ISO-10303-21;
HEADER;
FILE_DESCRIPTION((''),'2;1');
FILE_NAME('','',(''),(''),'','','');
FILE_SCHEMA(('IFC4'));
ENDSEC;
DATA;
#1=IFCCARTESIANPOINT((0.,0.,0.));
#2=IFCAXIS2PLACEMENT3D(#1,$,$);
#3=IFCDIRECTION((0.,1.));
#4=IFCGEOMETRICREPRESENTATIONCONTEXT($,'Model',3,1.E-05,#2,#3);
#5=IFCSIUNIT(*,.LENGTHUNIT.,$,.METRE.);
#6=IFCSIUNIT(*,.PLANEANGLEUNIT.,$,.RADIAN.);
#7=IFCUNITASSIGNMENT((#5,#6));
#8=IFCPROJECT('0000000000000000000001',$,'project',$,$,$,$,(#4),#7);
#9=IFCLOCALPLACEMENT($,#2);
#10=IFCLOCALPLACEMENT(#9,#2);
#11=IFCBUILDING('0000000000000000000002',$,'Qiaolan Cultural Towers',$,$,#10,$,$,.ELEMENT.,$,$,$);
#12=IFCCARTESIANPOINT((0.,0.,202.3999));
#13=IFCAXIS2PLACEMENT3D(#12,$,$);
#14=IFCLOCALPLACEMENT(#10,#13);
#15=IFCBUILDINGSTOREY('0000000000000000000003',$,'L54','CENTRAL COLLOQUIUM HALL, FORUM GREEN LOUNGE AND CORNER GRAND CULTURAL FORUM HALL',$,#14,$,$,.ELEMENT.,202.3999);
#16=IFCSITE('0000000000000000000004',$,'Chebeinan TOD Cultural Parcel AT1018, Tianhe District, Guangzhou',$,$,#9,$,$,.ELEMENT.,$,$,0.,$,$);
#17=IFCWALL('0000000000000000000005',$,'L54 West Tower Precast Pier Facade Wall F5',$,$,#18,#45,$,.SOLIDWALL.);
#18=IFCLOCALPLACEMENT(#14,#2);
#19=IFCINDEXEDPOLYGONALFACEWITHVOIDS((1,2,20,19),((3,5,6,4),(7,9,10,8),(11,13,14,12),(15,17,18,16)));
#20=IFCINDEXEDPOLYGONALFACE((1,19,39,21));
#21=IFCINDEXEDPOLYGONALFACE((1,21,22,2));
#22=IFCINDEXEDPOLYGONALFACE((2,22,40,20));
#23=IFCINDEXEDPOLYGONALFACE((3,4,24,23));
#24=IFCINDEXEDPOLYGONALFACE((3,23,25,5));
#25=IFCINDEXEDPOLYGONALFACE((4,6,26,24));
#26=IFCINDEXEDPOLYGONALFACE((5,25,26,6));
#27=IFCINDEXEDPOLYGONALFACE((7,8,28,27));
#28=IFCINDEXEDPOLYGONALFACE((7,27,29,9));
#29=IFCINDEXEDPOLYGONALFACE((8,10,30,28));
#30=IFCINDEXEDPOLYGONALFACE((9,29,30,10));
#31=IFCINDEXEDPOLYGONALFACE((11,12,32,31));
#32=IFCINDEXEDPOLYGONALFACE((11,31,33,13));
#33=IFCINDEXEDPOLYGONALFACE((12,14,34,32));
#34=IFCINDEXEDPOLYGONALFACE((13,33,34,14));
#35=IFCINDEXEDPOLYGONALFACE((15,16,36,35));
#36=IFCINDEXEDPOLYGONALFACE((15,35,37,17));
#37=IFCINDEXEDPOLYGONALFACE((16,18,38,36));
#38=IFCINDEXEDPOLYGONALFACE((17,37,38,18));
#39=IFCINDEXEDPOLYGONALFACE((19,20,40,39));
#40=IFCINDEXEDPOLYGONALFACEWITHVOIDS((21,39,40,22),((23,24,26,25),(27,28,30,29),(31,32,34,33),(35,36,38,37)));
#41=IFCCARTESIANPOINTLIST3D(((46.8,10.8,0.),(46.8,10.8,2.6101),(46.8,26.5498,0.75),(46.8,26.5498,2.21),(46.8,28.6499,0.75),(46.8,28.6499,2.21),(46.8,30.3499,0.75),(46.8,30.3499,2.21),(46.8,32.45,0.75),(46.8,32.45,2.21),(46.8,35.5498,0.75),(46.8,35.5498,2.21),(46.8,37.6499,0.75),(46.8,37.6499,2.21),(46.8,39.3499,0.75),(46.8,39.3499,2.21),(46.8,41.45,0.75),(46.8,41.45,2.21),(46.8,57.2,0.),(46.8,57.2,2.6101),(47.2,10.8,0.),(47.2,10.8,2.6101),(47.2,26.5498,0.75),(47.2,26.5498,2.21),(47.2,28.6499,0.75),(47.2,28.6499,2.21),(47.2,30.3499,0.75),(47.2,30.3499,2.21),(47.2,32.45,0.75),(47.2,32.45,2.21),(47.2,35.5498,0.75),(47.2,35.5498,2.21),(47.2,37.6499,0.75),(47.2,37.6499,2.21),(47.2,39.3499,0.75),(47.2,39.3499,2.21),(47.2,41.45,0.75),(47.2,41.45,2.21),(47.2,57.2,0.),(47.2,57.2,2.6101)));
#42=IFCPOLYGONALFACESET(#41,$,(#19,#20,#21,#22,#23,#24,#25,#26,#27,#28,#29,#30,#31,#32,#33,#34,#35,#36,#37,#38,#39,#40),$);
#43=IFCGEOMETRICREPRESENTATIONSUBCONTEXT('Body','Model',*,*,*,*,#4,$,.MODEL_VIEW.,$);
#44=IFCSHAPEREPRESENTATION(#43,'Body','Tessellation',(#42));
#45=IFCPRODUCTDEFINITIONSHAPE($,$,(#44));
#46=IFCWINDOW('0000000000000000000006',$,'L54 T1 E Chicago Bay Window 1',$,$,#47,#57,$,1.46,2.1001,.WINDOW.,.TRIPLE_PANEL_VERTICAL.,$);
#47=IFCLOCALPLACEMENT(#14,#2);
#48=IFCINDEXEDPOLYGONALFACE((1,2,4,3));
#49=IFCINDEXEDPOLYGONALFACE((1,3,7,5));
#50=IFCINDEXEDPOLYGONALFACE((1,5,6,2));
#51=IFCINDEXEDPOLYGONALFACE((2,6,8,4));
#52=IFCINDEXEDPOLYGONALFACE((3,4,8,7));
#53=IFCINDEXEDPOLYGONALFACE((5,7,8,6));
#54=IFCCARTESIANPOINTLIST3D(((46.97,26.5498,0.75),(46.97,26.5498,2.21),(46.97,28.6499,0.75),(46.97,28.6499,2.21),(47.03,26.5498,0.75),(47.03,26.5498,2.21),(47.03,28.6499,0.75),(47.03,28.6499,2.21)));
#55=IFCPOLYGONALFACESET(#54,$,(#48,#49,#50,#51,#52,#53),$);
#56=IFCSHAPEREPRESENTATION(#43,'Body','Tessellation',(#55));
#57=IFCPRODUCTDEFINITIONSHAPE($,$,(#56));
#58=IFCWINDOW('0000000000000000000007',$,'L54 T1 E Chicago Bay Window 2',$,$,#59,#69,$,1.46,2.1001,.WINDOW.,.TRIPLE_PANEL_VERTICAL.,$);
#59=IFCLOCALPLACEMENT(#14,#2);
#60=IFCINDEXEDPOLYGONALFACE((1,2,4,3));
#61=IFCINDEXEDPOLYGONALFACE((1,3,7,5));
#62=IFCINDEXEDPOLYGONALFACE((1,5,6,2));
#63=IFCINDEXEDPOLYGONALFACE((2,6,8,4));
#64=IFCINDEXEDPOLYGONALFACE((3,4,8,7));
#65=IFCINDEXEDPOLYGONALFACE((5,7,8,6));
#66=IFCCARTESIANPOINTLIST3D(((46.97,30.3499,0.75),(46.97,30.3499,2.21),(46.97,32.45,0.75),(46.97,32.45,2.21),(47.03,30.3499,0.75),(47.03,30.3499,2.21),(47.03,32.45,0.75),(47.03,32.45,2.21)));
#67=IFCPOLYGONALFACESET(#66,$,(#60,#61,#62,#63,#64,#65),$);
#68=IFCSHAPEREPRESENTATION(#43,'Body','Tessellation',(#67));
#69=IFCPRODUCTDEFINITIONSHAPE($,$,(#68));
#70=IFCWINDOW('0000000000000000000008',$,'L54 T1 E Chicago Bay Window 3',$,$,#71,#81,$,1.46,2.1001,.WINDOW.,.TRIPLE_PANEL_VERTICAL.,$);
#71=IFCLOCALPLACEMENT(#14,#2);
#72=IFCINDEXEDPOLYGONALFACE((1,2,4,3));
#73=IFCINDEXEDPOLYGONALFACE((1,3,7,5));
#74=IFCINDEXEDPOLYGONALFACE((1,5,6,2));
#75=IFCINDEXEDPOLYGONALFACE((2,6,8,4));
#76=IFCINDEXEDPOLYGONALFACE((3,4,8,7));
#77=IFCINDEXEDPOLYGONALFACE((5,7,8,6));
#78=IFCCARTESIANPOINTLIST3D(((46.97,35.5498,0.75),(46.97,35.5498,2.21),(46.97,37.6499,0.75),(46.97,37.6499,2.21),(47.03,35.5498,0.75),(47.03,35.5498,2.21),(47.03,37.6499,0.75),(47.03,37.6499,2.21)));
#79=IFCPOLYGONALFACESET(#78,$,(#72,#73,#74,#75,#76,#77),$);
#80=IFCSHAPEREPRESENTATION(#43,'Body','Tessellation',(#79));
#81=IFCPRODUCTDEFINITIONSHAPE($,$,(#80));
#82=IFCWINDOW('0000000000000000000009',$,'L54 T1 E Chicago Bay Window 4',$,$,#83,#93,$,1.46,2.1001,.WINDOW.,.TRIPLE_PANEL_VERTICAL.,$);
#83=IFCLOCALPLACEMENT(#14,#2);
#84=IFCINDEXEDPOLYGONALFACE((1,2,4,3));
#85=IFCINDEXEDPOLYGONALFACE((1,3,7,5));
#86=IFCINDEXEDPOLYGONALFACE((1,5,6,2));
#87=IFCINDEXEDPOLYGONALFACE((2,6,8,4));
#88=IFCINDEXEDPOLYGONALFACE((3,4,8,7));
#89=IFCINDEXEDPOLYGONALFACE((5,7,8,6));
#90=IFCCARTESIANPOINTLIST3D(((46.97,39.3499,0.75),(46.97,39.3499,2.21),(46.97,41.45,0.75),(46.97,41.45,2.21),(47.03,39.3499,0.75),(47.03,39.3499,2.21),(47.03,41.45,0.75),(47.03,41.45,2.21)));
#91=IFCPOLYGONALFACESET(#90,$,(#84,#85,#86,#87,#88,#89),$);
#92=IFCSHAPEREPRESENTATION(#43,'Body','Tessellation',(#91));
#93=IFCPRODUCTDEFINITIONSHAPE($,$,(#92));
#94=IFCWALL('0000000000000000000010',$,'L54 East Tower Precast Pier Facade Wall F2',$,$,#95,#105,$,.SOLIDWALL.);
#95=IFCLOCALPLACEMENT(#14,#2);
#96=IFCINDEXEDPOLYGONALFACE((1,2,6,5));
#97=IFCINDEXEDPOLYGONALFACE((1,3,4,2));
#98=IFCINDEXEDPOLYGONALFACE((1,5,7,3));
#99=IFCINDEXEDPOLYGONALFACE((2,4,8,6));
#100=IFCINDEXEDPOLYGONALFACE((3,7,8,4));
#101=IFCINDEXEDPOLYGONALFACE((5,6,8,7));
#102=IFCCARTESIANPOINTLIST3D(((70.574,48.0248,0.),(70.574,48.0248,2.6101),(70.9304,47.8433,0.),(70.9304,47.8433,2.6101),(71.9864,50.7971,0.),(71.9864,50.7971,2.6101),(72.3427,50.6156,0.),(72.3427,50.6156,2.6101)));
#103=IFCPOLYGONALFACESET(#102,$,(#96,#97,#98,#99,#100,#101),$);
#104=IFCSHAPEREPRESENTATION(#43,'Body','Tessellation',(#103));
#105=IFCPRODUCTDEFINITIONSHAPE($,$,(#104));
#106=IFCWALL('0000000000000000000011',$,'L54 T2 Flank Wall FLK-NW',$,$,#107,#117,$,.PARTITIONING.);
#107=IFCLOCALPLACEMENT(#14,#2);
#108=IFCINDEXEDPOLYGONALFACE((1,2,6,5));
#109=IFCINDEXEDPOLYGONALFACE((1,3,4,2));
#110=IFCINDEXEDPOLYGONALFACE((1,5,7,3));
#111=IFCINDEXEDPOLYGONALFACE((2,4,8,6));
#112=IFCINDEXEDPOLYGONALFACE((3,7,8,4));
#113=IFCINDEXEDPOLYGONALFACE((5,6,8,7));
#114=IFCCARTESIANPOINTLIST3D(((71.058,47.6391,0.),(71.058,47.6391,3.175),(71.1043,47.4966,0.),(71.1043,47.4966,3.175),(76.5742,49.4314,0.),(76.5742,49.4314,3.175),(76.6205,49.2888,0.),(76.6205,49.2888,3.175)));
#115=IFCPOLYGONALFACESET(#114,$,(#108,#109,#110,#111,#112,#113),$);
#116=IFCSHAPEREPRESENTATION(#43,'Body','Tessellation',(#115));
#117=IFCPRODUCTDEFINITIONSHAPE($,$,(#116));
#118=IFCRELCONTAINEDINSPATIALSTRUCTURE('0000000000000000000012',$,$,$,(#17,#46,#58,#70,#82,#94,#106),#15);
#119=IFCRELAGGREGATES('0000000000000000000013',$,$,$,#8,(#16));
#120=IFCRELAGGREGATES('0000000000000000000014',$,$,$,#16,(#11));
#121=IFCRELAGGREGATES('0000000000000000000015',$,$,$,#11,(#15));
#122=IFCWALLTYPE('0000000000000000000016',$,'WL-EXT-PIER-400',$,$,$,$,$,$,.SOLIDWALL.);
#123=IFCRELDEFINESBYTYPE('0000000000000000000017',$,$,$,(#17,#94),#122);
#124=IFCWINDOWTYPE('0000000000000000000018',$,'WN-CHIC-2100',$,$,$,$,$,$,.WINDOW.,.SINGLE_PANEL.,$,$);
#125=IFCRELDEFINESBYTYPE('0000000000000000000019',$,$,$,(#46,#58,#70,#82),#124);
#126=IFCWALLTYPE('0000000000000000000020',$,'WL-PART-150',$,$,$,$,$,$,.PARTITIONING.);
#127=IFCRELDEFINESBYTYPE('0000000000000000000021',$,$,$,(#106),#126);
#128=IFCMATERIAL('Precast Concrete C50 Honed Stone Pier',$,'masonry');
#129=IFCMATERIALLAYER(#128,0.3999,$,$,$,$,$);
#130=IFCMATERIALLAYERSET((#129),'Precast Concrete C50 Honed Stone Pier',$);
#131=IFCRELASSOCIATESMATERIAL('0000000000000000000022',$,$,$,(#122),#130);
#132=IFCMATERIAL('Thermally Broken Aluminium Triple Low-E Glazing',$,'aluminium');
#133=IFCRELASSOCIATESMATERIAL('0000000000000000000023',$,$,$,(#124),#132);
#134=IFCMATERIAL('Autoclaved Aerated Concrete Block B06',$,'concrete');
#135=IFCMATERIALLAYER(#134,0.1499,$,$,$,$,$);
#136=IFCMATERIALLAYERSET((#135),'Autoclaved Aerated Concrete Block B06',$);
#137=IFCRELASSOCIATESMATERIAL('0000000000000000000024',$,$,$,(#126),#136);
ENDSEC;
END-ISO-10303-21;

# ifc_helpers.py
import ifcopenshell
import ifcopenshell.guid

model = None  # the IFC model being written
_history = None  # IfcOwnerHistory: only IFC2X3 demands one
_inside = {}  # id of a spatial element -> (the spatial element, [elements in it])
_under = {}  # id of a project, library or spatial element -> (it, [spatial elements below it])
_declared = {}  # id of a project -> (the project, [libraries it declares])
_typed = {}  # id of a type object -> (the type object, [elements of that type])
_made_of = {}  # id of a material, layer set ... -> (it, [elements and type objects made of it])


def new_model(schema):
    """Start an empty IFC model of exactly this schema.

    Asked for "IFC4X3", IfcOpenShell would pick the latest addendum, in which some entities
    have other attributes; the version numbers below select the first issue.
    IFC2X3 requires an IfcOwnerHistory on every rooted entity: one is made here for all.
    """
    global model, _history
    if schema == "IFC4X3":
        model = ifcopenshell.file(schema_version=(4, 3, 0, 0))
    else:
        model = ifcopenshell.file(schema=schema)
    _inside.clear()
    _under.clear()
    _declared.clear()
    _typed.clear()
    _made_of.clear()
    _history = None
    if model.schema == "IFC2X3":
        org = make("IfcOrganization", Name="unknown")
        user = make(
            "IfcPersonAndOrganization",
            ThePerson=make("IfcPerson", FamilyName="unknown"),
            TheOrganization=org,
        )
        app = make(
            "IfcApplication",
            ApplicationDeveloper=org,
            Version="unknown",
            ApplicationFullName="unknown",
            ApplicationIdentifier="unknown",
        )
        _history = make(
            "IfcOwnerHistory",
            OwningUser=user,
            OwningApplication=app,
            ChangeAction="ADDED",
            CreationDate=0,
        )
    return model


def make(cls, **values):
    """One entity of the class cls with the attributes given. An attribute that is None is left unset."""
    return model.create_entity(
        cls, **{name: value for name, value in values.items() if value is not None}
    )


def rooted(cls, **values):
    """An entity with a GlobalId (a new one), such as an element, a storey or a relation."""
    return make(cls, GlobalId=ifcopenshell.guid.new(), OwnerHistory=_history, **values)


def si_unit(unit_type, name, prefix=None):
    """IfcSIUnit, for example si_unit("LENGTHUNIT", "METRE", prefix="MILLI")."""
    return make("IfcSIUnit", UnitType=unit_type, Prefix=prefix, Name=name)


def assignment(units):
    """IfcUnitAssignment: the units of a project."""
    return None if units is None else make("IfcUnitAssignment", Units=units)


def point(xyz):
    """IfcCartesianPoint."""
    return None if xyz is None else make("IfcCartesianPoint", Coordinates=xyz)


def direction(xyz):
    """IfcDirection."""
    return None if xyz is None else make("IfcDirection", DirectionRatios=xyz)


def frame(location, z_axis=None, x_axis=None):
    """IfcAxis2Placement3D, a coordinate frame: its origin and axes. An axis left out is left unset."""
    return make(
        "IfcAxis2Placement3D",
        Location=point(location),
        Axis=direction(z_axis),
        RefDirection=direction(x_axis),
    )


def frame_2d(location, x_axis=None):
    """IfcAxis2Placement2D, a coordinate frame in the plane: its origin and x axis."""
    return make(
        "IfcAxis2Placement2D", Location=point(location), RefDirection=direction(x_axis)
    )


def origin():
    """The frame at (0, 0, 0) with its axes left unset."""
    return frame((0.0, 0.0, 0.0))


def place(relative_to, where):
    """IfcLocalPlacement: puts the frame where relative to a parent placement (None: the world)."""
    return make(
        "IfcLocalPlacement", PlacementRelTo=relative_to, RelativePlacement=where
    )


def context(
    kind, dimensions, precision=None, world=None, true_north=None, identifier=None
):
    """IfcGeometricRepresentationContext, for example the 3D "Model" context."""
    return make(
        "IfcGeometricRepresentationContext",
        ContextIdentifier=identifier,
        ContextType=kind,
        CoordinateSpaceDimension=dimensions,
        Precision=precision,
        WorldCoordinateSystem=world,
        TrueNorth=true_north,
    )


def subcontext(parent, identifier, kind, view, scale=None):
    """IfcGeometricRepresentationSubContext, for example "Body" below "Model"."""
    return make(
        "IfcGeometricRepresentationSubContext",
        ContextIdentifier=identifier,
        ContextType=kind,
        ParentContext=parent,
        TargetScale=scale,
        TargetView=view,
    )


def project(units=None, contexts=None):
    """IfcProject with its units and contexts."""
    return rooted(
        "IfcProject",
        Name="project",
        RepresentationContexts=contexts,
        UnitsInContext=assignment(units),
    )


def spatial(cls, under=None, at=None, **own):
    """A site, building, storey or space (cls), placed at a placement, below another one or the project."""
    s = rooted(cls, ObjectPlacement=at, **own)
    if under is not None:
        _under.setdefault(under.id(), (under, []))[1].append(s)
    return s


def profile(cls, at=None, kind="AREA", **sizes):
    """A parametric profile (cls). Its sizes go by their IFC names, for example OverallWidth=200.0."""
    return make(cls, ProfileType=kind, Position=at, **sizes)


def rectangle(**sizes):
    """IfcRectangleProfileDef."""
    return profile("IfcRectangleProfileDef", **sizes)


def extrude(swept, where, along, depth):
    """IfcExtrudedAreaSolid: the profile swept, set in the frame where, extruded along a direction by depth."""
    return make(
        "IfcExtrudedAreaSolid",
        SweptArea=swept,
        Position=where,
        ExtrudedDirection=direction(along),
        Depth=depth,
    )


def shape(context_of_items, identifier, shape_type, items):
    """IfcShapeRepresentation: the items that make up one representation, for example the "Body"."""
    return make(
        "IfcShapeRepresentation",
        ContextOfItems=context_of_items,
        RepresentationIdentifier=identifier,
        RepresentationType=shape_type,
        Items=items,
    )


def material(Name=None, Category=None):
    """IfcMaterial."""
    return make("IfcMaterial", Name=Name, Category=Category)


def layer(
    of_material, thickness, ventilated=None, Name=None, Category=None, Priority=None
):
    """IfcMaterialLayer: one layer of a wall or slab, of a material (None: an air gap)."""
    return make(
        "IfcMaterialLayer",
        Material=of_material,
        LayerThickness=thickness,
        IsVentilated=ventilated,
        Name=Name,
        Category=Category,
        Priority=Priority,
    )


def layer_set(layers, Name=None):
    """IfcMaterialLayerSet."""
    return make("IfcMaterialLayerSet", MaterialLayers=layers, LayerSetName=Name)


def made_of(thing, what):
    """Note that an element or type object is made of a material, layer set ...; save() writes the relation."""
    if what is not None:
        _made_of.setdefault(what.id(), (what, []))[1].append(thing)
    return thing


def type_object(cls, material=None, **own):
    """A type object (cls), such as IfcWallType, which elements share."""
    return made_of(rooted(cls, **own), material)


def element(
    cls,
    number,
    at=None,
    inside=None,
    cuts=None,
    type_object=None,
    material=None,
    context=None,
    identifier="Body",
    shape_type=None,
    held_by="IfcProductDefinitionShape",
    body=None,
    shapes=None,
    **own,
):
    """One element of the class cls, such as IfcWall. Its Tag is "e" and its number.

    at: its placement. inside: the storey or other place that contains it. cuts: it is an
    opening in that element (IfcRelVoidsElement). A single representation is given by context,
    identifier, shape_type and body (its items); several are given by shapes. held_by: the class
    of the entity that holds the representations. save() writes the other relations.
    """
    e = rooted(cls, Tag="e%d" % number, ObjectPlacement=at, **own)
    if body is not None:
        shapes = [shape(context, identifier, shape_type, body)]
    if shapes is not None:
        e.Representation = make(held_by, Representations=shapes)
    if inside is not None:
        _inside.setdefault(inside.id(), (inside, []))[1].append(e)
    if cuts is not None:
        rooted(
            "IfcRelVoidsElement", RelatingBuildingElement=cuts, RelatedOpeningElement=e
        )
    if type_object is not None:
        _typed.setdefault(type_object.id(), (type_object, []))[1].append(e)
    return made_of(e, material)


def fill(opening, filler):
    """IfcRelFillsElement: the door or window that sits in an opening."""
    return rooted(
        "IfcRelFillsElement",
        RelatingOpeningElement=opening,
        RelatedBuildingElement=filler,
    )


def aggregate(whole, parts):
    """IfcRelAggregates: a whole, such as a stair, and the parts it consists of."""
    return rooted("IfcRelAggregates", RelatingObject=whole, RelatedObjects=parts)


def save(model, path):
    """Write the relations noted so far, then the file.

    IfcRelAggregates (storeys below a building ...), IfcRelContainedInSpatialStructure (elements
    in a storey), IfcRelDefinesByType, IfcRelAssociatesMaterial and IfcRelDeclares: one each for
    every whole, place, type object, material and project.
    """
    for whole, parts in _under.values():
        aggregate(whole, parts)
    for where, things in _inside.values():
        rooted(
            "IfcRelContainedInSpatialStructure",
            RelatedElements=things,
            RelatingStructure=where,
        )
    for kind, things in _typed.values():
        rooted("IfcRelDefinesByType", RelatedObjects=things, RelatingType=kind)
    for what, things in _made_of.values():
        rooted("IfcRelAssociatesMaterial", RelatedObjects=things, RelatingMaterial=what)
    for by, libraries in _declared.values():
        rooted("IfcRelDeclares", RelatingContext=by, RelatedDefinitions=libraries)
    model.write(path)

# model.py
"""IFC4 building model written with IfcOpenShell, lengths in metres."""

from ifc_helpers import new_model, si_unit, direction, frame, frame_2d, origin, place, context, subcontext, project, spatial, rectangle, extrude, material, layer, layer_set, type_object, element, fill, save


model = new_model("IFC4")

# Units and contexts
model_context = context("Model", 3, precision=1e-05, world=origin(), true_north=direction((0.0, 1.0)))
body_context = subcontext(model_context, "Body", "Model", "MODEL_VIEW")
ifc_project = project(units=[si_unit("LENGTHUNIT", "METRE"), si_unit("PLANEANGLEUNIT", "RADIAN")], contexts=[model_context])

# Site, building, storey
site_placement = place(None, origin())
site = spatial("IfcSite", under=ifc_project, at=site_placement, Name="Chebeinan TOD Cultural Parcel AT1018, Tianhe District, Guangzhou", CompositionType="ELEMENT", RefElevation=0.0)
building_placement = place(site_placement, origin())
building = spatial("IfcBuilding", under=site, at=building_placement, Name="Qiaolan Cultural Towers", CompositionType="ELEMENT")
storey_placement = place(building_placement, frame((0.0, 0.0, 202.3999)))
storey = spatial("IfcBuildingStorey", under=building, at=storey_placement, Name="L54", Description="CENTRAL COLLOQUIUM HALL, FORUM GREEN LOUNGE AND CORNER GRAND CULTURAL FORUM HALL", CompositionType="ELEMENT", Elevation=202.3999)

# Shared definitions
ifc_material_1 = material(Name="Precast Concrete C50 Honed Stone Pier", Category="masonry")
ifc_layer_1 = layer(ifc_material_1, 0.3999)
ifc_layer_set_1 = layer_set([ifc_layer_1], Name="Precast Concrete C50 Honed Stone Pier")
wall_type_1 = type_object("IfcWallType", Name="WL-EXT-PIER-400", PredefinedType="SOLIDWALL", material=ifc_layer_set_1)

# Wall, openings, windows
wall_1_placement = place(storey_placement, frame((47.0, 57.2, 0.0), z_axis=(0.0, 0.0, 1.0), x_axis=(0.0, -1.0, 0.0)))
wall_1 = element("IfcWall", 1, at=wall_1_placement, inside=storey, type_object=wall_type_1, Name="L54 West Tower Precast Pier Facade Wall F5", PredefinedType="SOLIDWALL", context=body_context, shape_type="SweptSolid", body=[
    extrude(rectangle(XDim=46.3999, YDim=0.3999, at=frame_2d((23.2, 0.0))), origin(), (0.0, 0.0, 1.0), 2.6101),
])
opening_1_placement = place(wall_1_placement, frame((28.55, 0.0, 0.75)))
opening_1 = element("IfcOpeningElement", 2, at=opening_1_placement, cuts=wall_1, PredefinedType="OPENING", context=body_context, shape_type="SweptSolid", body=[
    extrude(rectangle(XDim=2.1001, YDim=1.46, at=frame_2d((1.05, 0.73))), frame((0.0, 0.21, 0.0), z_axis=(0.0, -1.0, 0.0), x_axis=(1.0, 0.0, 0.0)), (0.0, 0.0, 1.0), 0.4199),
])
opening_2_placement = place(wall_1_placement, frame((24.75, 0.0, 0.75)))
opening_2 = element("IfcOpeningElement", 3, at=opening_2_placement, cuts=wall_1, PredefinedType="OPENING", context=body_context, shape_type="SweptSolid", body=[
    extrude(rectangle(XDim=2.1001, YDim=1.46, at=frame_2d((1.05, 0.73))), frame((0.0, 0.21, 0.0), z_axis=(0.0, -1.0, 0.0), x_axis=(1.0, 0.0, 0.0)), (0.0, 0.0, 1.0), 0.4199),
])
opening_3_placement = place(wall_1_placement, frame((19.55, 0.0, 0.75)))
opening_3 = element("IfcOpeningElement", 4, at=opening_3_placement, cuts=wall_1, PredefinedType="OPENING", context=body_context, shape_type="SweptSolid", body=[
    extrude(rectangle(XDim=2.1001, YDim=1.46, at=frame_2d((1.05, 0.73))), frame((0.0, 0.21, 0.0), z_axis=(0.0, -1.0, 0.0), x_axis=(1.0, 0.0, 0.0)), (0.0, 0.0, 1.0), 0.4199),
])
opening_4_placement = place(wall_1_placement, frame((15.75, 0.0, 0.75)))
opening_4 = element("IfcOpeningElement", 5, at=opening_4_placement, cuts=wall_1, PredefinedType="OPENING", context=body_context, shape_type="SweptSolid", body=[
    extrude(rectangle(XDim=2.1001, YDim=1.46, at=frame_2d((1.05, 0.73))), frame((0.0, 0.21, 0.0), z_axis=(0.0, -1.0, 0.0), x_axis=(1.0, 0.0, 0.0)), (0.0, 0.0, 1.0), 0.4199),
])
ifc_material_2 = material(Name="Thermally Broken Aluminium Triple Low-E Glazing", Category="aluminium")
window_type = type_object("IfcWindowType", Name="WN-CHIC-2100", PartitioningType="SINGLE_PANEL", PredefinedType="WINDOW", material=ifc_material_2)
window_1_placement = place(opening_1_placement, origin())
window_1 = element("IfcWindow", 6, at=window_1_placement, inside=storey, type_object=window_type, Name="L54 T1 E Chicago Bay Window 1", OverallHeight=1.46, OverallWidth=2.1001, PartitioningType="TRIPLE_PANEL_VERTICAL", PredefinedType="WINDOW", context=body_context, shape_type="SweptSolid", body=[
    extrude(rectangle(XDim=2.1001, YDim=1.46, at=frame_2d((1.05, 0.73))), frame((0.0, 0.03, 0.0), z_axis=(0.0, -1.0, 0.0), x_axis=(1.0, 0.0, 0.0)), (0.0, 0.0, 1.0), 0.0601),
])
fill(opening_1, window_1)
window_2_placement = place(opening_2_placement, origin())
window_2 = element("IfcWindow", 7, at=window_2_placement, inside=storey, type_object=window_type, Name="L54 T1 E Chicago Bay Window 2", OverallHeight=1.46, OverallWidth=2.1001, PartitioningType="TRIPLE_PANEL_VERTICAL", PredefinedType="WINDOW", context=body_context, shape_type="SweptSolid", body=[
    extrude(rectangle(XDim=2.1001, YDim=1.46, at=frame_2d((1.05, 0.73))), frame((0.0, 0.03, 0.0), z_axis=(0.0, -1.0, 0.0), x_axis=(1.0, 0.0, 0.0)), (0.0, 0.0, 1.0), 0.0601),
])
fill(opening_2, window_2)
window_3_placement = place(opening_3_placement, origin())
window_3 = element("IfcWindow", 8, at=window_3_placement, inside=storey, type_object=window_type, Name="L54 T1 E Chicago Bay Window 3", OverallHeight=1.46, OverallWidth=2.1001, PartitioningType="TRIPLE_PANEL_VERTICAL", PredefinedType="WINDOW", context=body_context, shape_type="SweptSolid", body=[
    extrude(rectangle(XDim=2.1001, YDim=1.46, at=frame_2d((1.05, 0.73))), frame((0.0, 0.03, 0.0), z_axis=(0.0, -1.0, 0.0), x_axis=(1.0, 0.0, 0.0)), (0.0, 0.0, 1.0), 0.0601),
])
fill(opening_3, window_3)
window_4_placement = place(opening_4_placement, origin())
window_4 = element("IfcWindow", 9, at=window_4_placement, inside=storey, type_object=window_type, Name="L54 T1 E Chicago Bay Window 4", OverallHeight=1.46, OverallWidth=2.1001, PartitioningType="TRIPLE_PANEL_VERTICAL", PredefinedType="WINDOW", context=body_context, shape_type="SweptSolid", body=[
    extrude(rectangle(XDim=2.1001, YDim=1.46, at=frame_2d((1.05, 0.73))), frame((0.0, 0.03, 0.0), z_axis=(0.0, -1.0, 0.0), x_axis=(1.0, 0.0, 0.0)), (0.0, 0.0, 1.0), 0.0601),
])
fill(opening_4, window_4)

# Walls
wall_2_placement = place(storey_placement, frame((70.7522, 47.9341, 0.0), z_axis=(0.0, 0.0, 1.0), x_axis=(0.453949, 0.891028, 0.0)))
element("IfcWall", 10, at=wall_2_placement, inside=storey, type_object=wall_type_1, Name="L54 East Tower Precast Pier Facade Wall F2", PredefinedType="SOLIDWALL", context=body_context, shape_type="SweptSolid", body=[
    extrude(rectangle(XDim=3.1113, YDim=0.3999, at=frame_2d((1.5557, 0.0))), origin(), (0.0, 0.0, 1.0), 2.6101),
])
ifc_material_3 = material(Name="Autoclaved Aerated Concrete Block B06", Category="concrete")
ifc_layer_2 = layer(ifc_material_3, 0.1499)
ifc_layer_set_2 = layer_set([ifc_layer_2], Name="Autoclaved Aerated Concrete Block B06")
wall_type_2 = type_object("IfcWallType", Name="WL-PART-150", PredefinedType="PARTITIONING", material=ifc_layer_set_2)
wall_3_placement = place(storey_placement, frame((71.0813, 47.5679, 0.0), z_axis=(0.0, 0.0, 1.0), x_axis=(0.951059, 0.309008, 0.0)))
element("IfcWall", 11, at=wall_3_placement, inside=storey, type_object=wall_type_2, Name="L54 T2 Flank Wall FLK-NW", PredefinedType="PARTITIONING", context=body_context, shape_type="SweptSolid", body=[
    extrude(rectangle(XDim=5.8, YDim=0.1499, at=frame_2d((2.8999, 0.0))), origin(), (0.0, 0.0, 1.0), 3.175),
])

save(model, "model.ifc")
